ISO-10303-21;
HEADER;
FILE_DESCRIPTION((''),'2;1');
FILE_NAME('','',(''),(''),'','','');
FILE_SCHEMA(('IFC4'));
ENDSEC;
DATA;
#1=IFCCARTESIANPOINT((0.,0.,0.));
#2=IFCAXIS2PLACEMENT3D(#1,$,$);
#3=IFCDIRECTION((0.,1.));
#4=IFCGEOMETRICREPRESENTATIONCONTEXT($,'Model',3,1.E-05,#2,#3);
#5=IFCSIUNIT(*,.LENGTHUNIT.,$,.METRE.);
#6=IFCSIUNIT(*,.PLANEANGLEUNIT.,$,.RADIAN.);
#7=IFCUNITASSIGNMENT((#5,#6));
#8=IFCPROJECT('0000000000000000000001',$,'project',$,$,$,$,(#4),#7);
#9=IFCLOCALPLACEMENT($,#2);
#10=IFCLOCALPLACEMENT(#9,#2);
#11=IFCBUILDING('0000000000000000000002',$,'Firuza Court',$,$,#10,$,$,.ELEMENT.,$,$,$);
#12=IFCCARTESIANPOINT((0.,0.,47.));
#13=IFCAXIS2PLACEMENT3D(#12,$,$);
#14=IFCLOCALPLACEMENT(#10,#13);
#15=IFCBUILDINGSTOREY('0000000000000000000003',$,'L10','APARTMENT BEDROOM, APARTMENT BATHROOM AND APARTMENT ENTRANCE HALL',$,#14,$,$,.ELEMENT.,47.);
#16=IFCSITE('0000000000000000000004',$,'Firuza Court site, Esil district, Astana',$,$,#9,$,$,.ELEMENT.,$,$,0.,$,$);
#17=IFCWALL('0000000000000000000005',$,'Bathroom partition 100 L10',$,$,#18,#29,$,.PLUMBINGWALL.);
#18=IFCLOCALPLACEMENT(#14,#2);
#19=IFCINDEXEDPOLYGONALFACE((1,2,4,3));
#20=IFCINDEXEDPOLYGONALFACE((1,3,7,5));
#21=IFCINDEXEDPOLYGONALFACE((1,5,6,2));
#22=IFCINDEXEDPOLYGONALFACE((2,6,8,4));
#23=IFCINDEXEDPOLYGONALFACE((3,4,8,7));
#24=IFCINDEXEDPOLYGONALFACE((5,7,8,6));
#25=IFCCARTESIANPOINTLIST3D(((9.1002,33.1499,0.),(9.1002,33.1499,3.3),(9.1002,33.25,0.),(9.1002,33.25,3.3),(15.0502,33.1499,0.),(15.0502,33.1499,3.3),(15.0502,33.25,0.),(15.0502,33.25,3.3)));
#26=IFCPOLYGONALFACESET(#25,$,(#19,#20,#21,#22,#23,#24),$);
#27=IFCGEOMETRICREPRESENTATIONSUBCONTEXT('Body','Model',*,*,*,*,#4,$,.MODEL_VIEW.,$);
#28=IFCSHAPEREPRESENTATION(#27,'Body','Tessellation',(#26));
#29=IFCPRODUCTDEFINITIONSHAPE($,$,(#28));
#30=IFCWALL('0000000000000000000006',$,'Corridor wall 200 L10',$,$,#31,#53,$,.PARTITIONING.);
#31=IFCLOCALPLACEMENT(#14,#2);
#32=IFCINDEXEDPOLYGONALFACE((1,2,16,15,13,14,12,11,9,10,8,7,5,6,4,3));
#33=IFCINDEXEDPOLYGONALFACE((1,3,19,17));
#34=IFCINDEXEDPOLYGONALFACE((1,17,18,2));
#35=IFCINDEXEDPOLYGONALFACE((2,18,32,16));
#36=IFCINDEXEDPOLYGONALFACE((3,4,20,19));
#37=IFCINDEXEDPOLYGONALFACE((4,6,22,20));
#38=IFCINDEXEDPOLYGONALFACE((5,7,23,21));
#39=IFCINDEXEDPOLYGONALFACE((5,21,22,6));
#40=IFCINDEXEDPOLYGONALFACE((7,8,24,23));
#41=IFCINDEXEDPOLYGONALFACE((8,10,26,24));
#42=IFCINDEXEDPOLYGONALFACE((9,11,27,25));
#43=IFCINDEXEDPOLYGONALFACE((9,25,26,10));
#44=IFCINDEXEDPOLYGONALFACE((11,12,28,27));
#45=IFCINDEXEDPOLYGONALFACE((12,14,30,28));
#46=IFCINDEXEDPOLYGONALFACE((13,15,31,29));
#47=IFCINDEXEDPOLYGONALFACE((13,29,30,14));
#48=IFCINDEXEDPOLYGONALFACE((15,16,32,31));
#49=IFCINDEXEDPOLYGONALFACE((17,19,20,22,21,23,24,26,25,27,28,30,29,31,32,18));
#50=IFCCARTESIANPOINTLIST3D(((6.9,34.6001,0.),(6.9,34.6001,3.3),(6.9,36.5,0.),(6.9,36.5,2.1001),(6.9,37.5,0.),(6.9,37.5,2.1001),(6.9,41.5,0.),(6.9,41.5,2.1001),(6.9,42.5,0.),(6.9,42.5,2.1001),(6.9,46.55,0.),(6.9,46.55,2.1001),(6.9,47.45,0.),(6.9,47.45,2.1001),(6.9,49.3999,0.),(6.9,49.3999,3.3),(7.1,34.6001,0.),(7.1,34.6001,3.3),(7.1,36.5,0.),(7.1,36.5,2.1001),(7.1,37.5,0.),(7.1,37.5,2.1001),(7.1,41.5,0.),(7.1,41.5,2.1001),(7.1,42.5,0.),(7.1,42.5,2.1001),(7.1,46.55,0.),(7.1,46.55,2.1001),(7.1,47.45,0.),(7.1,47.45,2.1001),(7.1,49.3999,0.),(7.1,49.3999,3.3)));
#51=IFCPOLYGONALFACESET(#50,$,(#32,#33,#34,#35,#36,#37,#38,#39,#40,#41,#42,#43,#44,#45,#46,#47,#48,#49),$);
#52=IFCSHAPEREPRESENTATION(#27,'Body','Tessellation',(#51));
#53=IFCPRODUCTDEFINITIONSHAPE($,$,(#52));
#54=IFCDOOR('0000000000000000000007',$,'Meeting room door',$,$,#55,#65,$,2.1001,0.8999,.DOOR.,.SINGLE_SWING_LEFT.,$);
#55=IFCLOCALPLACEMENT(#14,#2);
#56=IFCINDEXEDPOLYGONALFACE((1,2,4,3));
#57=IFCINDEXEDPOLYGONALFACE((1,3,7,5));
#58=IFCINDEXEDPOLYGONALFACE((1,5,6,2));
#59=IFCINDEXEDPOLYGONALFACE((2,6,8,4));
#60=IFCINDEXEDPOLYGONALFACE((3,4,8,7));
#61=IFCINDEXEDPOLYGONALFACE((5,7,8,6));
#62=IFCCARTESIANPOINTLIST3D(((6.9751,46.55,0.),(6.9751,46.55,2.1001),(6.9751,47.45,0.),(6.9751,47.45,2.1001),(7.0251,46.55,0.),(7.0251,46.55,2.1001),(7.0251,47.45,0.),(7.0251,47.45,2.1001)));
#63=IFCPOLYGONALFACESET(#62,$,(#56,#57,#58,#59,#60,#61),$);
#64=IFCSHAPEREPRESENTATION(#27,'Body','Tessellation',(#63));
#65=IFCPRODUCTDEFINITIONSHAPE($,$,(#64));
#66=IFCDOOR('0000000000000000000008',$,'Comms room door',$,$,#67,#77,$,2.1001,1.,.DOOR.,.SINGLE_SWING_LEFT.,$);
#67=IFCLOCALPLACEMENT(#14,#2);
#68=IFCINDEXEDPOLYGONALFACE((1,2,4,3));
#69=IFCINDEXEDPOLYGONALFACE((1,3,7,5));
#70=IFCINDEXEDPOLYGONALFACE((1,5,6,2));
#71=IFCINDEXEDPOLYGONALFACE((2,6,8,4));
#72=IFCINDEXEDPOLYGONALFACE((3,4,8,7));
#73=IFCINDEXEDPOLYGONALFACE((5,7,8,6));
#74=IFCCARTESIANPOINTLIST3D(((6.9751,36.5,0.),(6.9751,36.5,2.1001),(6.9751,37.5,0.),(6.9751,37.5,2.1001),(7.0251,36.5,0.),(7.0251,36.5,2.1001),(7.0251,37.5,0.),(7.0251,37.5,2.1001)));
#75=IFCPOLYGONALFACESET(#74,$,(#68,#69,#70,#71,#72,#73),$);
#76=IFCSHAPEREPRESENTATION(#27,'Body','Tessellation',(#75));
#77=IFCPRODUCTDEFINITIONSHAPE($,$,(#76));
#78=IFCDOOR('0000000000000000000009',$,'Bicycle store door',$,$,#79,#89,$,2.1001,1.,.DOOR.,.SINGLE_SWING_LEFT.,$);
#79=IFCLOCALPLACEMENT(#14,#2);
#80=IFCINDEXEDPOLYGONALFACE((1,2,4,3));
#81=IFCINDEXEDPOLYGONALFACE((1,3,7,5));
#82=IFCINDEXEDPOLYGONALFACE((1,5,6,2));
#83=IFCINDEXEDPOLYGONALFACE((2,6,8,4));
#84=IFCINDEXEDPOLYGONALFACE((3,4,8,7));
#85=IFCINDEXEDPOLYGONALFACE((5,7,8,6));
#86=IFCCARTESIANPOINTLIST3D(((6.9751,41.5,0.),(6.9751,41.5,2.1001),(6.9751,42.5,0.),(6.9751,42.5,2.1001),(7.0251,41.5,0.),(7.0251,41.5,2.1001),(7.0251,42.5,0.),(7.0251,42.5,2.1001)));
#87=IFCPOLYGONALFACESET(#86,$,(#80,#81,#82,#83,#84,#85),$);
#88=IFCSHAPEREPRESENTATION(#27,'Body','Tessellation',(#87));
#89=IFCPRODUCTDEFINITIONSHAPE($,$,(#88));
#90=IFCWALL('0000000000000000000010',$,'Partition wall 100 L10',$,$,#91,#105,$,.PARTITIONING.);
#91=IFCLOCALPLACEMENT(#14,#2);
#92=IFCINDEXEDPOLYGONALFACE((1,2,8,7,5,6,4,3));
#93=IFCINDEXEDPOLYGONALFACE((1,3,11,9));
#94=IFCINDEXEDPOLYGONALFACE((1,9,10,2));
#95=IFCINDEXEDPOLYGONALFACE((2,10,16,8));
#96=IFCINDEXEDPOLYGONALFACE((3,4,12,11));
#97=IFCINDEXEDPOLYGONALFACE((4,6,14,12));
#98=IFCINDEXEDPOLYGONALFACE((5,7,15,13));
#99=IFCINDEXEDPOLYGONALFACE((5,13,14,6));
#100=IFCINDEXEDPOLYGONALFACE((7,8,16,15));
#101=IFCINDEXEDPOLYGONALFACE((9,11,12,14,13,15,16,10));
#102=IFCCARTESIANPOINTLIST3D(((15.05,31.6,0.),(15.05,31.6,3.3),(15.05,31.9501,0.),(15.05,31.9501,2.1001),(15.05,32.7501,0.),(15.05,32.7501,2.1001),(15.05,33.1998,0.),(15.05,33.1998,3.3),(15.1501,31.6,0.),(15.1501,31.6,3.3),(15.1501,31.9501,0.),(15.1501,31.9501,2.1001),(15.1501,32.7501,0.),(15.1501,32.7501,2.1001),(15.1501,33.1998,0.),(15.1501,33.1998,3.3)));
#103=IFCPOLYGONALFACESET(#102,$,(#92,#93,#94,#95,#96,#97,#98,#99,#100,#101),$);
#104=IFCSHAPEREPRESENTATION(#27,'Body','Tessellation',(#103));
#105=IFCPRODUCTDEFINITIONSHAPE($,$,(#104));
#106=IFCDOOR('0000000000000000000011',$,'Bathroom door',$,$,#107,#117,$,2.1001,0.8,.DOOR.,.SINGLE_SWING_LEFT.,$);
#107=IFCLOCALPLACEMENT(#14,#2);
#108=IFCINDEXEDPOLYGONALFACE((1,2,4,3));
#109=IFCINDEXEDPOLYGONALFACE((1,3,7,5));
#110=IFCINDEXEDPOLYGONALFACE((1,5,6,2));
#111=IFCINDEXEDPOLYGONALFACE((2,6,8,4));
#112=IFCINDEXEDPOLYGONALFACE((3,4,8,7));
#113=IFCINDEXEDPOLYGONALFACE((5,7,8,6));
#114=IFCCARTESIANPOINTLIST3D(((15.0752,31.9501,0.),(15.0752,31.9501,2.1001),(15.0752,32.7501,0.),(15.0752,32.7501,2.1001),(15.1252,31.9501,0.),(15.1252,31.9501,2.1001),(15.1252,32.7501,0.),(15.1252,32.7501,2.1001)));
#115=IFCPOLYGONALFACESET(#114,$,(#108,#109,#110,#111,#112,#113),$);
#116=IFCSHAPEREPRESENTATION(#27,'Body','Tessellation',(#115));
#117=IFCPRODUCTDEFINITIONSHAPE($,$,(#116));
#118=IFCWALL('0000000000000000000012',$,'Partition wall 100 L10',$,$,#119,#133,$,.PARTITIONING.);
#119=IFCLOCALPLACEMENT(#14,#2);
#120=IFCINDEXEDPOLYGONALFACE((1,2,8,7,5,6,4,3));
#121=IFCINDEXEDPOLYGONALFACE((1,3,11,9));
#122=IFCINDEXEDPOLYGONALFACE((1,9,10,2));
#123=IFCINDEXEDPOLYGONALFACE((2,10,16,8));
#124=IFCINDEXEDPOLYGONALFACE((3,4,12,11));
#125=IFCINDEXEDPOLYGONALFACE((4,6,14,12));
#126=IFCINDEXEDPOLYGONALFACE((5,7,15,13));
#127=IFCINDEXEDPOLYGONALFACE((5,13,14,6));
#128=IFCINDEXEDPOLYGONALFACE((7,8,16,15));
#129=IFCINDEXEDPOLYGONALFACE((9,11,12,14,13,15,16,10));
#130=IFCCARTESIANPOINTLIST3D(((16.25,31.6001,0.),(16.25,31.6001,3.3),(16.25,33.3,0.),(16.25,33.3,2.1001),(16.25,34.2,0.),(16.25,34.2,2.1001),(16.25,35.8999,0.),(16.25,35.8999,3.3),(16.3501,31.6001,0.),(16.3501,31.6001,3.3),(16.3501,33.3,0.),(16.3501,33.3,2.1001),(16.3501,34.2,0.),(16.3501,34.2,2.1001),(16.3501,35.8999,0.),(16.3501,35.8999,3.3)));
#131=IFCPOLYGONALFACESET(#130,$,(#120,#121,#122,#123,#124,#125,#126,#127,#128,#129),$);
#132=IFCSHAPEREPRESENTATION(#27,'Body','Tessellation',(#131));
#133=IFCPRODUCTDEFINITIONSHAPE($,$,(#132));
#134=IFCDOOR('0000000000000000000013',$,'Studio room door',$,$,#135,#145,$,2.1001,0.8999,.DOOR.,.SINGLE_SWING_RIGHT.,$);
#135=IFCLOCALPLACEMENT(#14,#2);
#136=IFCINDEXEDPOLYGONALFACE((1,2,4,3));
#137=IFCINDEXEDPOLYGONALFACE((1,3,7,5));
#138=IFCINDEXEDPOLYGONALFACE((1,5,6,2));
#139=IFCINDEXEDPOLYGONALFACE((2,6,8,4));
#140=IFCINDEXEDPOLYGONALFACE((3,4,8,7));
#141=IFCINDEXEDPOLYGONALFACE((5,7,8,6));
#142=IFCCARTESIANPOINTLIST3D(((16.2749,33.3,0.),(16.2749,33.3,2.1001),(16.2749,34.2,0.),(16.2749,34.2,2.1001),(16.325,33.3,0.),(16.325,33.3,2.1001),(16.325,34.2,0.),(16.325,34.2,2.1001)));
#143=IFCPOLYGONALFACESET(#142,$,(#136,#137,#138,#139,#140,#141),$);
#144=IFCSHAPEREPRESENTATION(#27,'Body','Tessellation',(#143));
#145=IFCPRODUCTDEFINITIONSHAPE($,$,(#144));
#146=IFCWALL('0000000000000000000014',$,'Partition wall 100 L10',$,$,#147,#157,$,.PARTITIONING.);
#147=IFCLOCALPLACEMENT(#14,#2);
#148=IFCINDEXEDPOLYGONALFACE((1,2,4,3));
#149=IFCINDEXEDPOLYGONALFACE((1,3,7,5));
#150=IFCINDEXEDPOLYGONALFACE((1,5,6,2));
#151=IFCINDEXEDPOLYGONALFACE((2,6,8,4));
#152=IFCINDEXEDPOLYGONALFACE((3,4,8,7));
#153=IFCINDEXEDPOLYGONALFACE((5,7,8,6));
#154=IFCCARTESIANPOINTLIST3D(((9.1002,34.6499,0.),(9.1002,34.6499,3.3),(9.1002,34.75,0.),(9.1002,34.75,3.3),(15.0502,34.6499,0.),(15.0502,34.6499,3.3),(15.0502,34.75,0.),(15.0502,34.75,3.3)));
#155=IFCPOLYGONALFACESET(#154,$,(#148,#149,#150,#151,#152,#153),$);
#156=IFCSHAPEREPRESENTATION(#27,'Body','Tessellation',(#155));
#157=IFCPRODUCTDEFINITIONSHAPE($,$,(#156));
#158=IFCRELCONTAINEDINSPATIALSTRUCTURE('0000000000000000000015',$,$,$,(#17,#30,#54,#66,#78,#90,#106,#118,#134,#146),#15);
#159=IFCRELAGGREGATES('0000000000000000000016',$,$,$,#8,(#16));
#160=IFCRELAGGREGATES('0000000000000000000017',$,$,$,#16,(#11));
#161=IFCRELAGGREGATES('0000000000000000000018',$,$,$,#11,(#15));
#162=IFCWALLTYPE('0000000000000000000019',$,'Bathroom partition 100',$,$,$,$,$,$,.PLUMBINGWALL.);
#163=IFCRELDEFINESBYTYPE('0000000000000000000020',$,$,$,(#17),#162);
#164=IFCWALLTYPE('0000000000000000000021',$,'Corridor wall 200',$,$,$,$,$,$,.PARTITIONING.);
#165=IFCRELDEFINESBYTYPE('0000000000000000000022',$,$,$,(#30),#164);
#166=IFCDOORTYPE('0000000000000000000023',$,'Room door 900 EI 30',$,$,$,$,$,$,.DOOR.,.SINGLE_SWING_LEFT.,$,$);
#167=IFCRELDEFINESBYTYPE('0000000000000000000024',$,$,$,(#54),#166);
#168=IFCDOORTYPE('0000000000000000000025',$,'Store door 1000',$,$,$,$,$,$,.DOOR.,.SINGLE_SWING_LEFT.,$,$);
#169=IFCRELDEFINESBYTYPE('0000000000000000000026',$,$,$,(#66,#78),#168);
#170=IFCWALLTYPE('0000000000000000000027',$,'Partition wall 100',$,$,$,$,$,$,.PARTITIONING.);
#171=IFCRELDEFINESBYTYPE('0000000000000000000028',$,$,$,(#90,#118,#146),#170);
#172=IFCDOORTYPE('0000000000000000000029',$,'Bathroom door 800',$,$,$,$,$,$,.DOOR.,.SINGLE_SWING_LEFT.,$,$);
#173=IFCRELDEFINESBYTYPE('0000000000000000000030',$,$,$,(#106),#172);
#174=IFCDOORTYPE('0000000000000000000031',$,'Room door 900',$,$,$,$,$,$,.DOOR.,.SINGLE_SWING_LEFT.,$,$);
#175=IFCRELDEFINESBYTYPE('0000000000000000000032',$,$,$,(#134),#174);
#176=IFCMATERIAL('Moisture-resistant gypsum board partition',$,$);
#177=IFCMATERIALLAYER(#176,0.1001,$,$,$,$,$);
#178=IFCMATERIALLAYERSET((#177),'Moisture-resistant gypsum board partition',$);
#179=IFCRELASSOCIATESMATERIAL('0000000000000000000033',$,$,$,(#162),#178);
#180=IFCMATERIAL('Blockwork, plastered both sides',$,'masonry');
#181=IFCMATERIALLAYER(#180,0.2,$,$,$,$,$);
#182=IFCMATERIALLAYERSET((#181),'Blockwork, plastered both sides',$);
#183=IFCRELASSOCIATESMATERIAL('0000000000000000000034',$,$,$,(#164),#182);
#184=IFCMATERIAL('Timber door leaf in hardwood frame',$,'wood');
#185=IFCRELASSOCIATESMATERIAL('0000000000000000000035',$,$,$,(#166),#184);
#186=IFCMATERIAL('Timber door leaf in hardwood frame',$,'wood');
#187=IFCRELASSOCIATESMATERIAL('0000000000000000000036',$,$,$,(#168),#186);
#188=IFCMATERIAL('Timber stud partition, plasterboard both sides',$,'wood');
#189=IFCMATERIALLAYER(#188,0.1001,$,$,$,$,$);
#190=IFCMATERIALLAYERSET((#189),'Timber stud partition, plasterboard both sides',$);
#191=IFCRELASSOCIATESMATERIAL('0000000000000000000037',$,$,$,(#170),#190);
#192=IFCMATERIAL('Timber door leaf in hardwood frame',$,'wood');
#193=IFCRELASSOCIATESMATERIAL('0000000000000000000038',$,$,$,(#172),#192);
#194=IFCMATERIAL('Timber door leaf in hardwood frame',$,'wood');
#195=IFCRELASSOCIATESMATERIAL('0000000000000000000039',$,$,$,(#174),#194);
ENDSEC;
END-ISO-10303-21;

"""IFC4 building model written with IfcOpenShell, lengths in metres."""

from ifc_helpers import new_model, si_unit, direction, frame, frame_2d, origin, place, context, subcontext, project, spatial, rectangle, extrude, material, layer, layer_set, type_object, element, fill, save


model = new_model("IFC4")

# Units and contexts
model_context = context("Model", 3, precision=1e-05, world=origin(), true_north=direction((0.0, 1.0)))
body_context = subcontext(model_context, "Body", "Model", "MODEL_VIEW")
ifc_project = project(units=[si_unit("LENGTHUNIT", "METRE"), si_unit("PLANEANGLEUNIT", "RADIAN")], contexts=[model_context])

# Site, building, storey
site_placement = place(None, origin())
site = spatial("IfcSite", under=ifc_project, at=site_placement, Name="Firuza Court site, Esil district, Astana", CompositionType="ELEMENT", RefElevation=0.0)
building_placement = place(site_placement, origin())
building = spatial("IfcBuilding", under=site, at=building_placement, Name="Firuza Court", CompositionType="ELEMENT")
storey_placement = place(building_placement, frame((0.0, 0.0, 47.0)))
storey = spatial("IfcBuildingStorey", under=building, at=storey_placement, Name="L10", Description="APARTMENT BEDROOM, APARTMENT BATHROOM AND APARTMENT ENTRANCE HALL", CompositionType="ELEMENT", Elevation=47.0)

# Wall
ifc_material_1 = material(Name="Moisture-resistant gypsum board partition")
ifc_layer_1 = layer(ifc_material_1, 0.1001)
ifc_layer_set_1 = layer_set([ifc_layer_1], Name="Moisture-resistant gypsum board partition")
wall_type_1 = type_object("IfcWallType", Name="Bathroom partition 100", PredefinedType="PLUMBINGWALL", material=ifc_layer_set_1)
wall_1_placement = place(storey_placement, frame((9.1001, 33.2, 0.0), z_axis=(0.0, 0.0, 1.0), x_axis=(1.0, 0.0, 0.0)))
element("IfcWall", 1, at=wall_1_placement, inside=storey, type_object=wall_type_1, Name="Bathroom partition 100 L10", PredefinedType="PLUMBINGWALL", context=body_context, shape_type="SweptSolid", body=[
    extrude(rectangle(XDim=5.95, YDim=0.1001, at=frame_2d((2.9751, 0.0))), origin(), (0.0, 0.0, 1.0), 3.3),
])

# Wall, openings, doors
ifc_material_2 = material(Name="Blockwork, plastered both sides", Category="masonry")
ifc_layer_2 = layer(ifc_material_2, 0.2)
ifc_layer_set_2 = layer_set([ifc_layer_2], Name="Blockwork, plastered both sides")
wall_type_2 = type_object("IfcWallType", Name="Corridor wall 200", PredefinedType="PARTITIONING", material=ifc_layer_set_2)
wall_2_placement = place(storey_placement, frame((7.0, 34.6001, 0.0), z_axis=(0.0, 0.0, 1.0), x_axis=(0.0, 1.0, 0.0)))
wall_2 = element("IfcWall", 2, at=wall_2_placement, inside=storey, type_object=wall_type_2, Name="Corridor wall 200 L10", PredefinedType="PARTITIONING", context=body_context, shape_type="SweptSolid", body=[
    extrude(rectangle(XDim=14.7998, YDim=0.2, at=frame_2d((7.3999, 0.0))), origin(), (0.0, 0.0, 1.0), 3.3),
])
opening_1_placement = place(wall_2_placement, frame((1.8999, 0.0, 0.0)))
opening_1 = element("IfcOpeningElement", 3, at=opening_1_placement, cuts=wall_2, PredefinedType="OPENING", context=body_context, shape_type="SweptSolid", body=[
    extrude(rectangle(XDim=1.0, YDim=2.1001, at=frame_2d((0.5, 1.05))), frame((0.0, 0.1118, 0.0), z_axis=(0.0, -1.0, 0.0), x_axis=(1.0, 0.0, 0.0)), (0.0, 0.0, 1.0), 0.2239),
])
opening_2_placement = place(wall_2_placement, frame((6.8999, 0.0, 0.0)))
opening_2 = element("IfcOpeningElement", 4, at=opening_2_placement, cuts=wall_2, PredefinedType="OPENING", context=body_context, shape_type="SweptSolid", body=[
    extrude(rectangle(XDim=1.0, YDim=2.1001, at=frame_2d((0.5, 1.05))), frame((0.0, 0.1118, 0.0), z_axis=(0.0, -1.0, 0.0), x_axis=(1.0, 0.0, 0.0)), (0.0, 0.0, 1.0), 0.2239),
])
opening_3_placement = place(wall_2_placement, frame((11.95, 0.0, 0.0)))
opening_3 = element("IfcOpeningElement", 5, at=opening_3_placement, cuts=wall_2, PredefinedType="OPENING", context=body_context, shape_type="SweptSolid", body=[
    extrude(rectangle(XDim=0.8999, YDim=2.1001, at=frame_2d((0.45, 1.05))), frame((0.0, 0.1118, 0.0), z_axis=(0.0, -1.0, 0.0), x_axis=(1.0, 0.0, 0.0)), (0.0, 0.0, 1.0), 0.2239),
])
ifc_material_3 = material(Name="Timber door leaf in hardwood frame", Category="wood")
door_type_1 = type_object("IfcDoorType", Name="Room door 900 EI 30", OperationType="SINGLE_SWING_LEFT", PredefinedType="DOOR", material=ifc_material_3)
door_1_placement = place(opening_3_placement, origin())
door_1 = element("IfcDoor", 6, at=door_1_placement, inside=storey, type_object=door_type_1, Name="Meeting room door", OperationType="SINGLE_SWING_LEFT", OverallHeight=2.1001, OverallWidth=0.8999, PredefinedType="DOOR", context=body_context, shape_type="SweptSolid", body=[
    extrude(rectangle(XDim=0.8999, YDim=2.1001, at=frame_2d((0.45, 1.05))), frame((0.0, 0.0249, 0.0), z_axis=(0.0, -1.0, 0.0), x_axis=(1.0, 0.0, 0.0)), (0.0, 0.0, 1.0), 0.05),
])
fill(opening_3, door_1)
ifc_material_4 = material(Name="Timber door leaf in hardwood frame", Category="wood")
door_type_2 = type_object("IfcDoorType", Name="Store door 1000", OperationType="SINGLE_SWING_LEFT", PredefinedType="DOOR", material=ifc_material_4)
door_2_placement = place(opening_1_placement, origin())
door_2 = element("IfcDoor", 7, at=door_2_placement, inside=storey, type_object=door_type_2, Name="Comms room door", OperationType="SINGLE_SWING_LEFT", OverallHeight=2.1001, OverallWidth=1.0, PredefinedType="DOOR", context=body_context, shape_type="SweptSolid", body=[
    extrude(rectangle(XDim=1.0, YDim=2.1001, at=frame_2d((0.5, 1.05))), frame((0.0, 0.0249, 0.0), z_axis=(0.0, -1.0, 0.0), x_axis=(1.0, 0.0, 0.0)), (0.0, 0.0, 1.0), 0.05),
])
fill(opening_1, door_2)
door_3_placement = place(opening_2_placement, origin())
door_3 = element("IfcDoor", 8, at=door_3_placement, inside=storey, type_object=door_type_2, Name="Bicycle store door", OperationType="SINGLE_SWING_LEFT", OverallHeight=2.1001, OverallWidth=1.0, PredefinedType="DOOR", context=body_context, shape_type="SweptSolid", body=[
    extrude(rectangle(XDim=1.0, YDim=2.1001, at=frame_2d((0.5, 1.05))), frame((0.0, 0.0249, 0.0), z_axis=(0.0, -1.0, 0.0), x_axis=(1.0, 0.0, 0.0)), (0.0, 0.0, 1.0), 0.05),
])
fill(opening_2, door_3)

# Walls, openings, doors
ifc_material_5 = material(Name="Timber stud partition, plasterboard both sides", Category="wood")
ifc_layer_3 = layer(ifc_material_5, 0.1001)
ifc_layer_set_3 = layer_set([ifc_layer_3], Name="Timber stud partition, plasterboard both sides")
wall_type_3 = type_object("IfcWallType", Name="Partition wall 100", PredefinedType="PARTITIONING", material=ifc_layer_set_3)
wall_3_placement = place(storey_placement, frame((15.1001, 31.6001, 0.0), z_axis=(0.0, 0.0, 1.0), x_axis=(0.0, 1.0, 0.0)))
wall_3 = element("IfcWall", 9, at=wall_3_placement, inside=storey, type_object=wall_type_3, Name="Partition wall 100 L10", PredefinedType="PARTITIONING", context=body_context, shape_type="SweptSolid", body=[
    extrude(rectangle(XDim=1.5999, YDim=0.1001, at=frame_2d((0.7998, 0.0))), origin(), (0.0, 0.0, 1.0), 3.3),
])
opening_4_placement = place(wall_3_placement, frame((0.3501, 0.0, 0.0)))
opening_4 = element("IfcOpeningElement", 10, at=opening_4_placement, cuts=wall_3, PredefinedType="OPENING", context=body_context, shape_type="SweptSolid", body=[
    extrude(rectangle(XDim=0.8, YDim=2.1001, at=frame_2d((0.3999, 1.05))), frame((0.0, 0.062, 0.0), z_axis=(0.0, -1.0, 0.0), x_axis=(1.0, 0.0, 0.0)), (0.0, 0.0, 1.0), 0.124),
])
ifc_material_6 = material(Name="Timber door leaf in hardwood frame", Category="wood")
door_type_3 = type_object("IfcDoorType", Name="Bathroom door 800", OperationType="SINGLE_SWING_LEFT", PredefinedType="DOOR", material=ifc_material_6)
door_4_placement = place(opening_4_placement, origin())
door_4 = element("IfcDoor", 11, at=door_4_placement, inside=storey, type_object=door_type_3, Name="Bathroom door", OperationType="SINGLE_SWING_LEFT", OverallHeight=2.1001, OverallWidth=0.8, PredefinedType="DOOR", context=body_context, shape_type="SweptSolid", body=[
    extrude(rectangle(XDim=0.8, YDim=2.1001, at=frame_2d((0.3999, 1.05))), frame((0.0, 0.0249, 0.0), z_axis=(0.0, -1.0, 0.0), x_axis=(1.0, 0.0, 0.0)), (0.0, 0.0, 1.0), 0.05),
])
fill(opening_4, door_4)
wall_4_placement = place(storey_placement, frame((16.3, 31.6001, 0.0), z_axis=(0.0, 0.0, 1.0), x_axis=(0.0, 1.0, 0.0)))
wall_4 = element("IfcWall", 12, at=wall_4_placement, inside=storey, type_object=wall_type_3, Name="Partition wall 100 L10", PredefinedType="PARTITIONING", context=body_context, shape_type="SweptSolid", body=[
    extrude(rectangle(XDim=4.2998, YDim=0.1001, at=frame_2d((2.1499, 0.0))), origin(), (0.0, 0.0, 1.0), 3.3),
])
opening_5_placement = place(wall_4_placement, frame((1.7, 0.0, 0.0)))
opening_5 = element("IfcOpeningElement", 13, at=opening_5_placement, cuts=wall_4, PredefinedType="OPENING", context=body_context, shape_type="SweptSolid", body=[
    extrude(rectangle(XDim=0.8999, YDim=2.1001, at=frame_2d((0.45, 1.05))), frame((0.0, 0.062, 0.0), z_axis=(0.0, -1.0, 0.0), x_axis=(1.0, 0.0, 0.0)), (0.0, 0.0, 1.0), 0.124),
])
ifc_material_7 = material(Name="Timber door leaf in hardwood frame", Category="wood")
door_type_4 = type_object("IfcDoorType", Name="Room door 900", OperationType="SINGLE_SWING_LEFT", PredefinedType="DOOR", material=ifc_material_7)
door_5_placement = place(opening_5_placement, frame((0.8999, 0.0, 0.0), z_axis=(0.0, 0.0, 1.0), x_axis=(-1.0, 0.0, 0.0)))
door_5 = element("IfcDoor", 14, at=door_5_placement, inside=storey, type_object=door_type_4, Name="Studio room door", OperationType="SINGLE_SWING_RIGHT", OverallHeight=2.1001, OverallWidth=0.8999, PredefinedType="DOOR", context=body_context, shape_type="SweptSolid", body=[
    extrude(rectangle(XDim=0.8999, YDim=2.1001, at=frame_2d((0.45, 1.05))), frame((0.0, 0.0249, 0.0), z_axis=(0.0, -1.0, 0.0), x_axis=(1.0, 0.0, 0.0)), (0.0, 0.0, 1.0), 0.05),
])
fill(opening_5, door_5)

# Wall
wall_5_placement = place(storey_placement, frame((9.1001, 34.7, 0.0), z_axis=(0.0, 0.0, 1.0), x_axis=(1.0, 0.0, 0.0)))
element("IfcWall", 15, at=wall_5_placement, inside=storey, type_object=wall_type_3, Name="Partition wall 100 L10", PredefinedType="PARTITIONING", context=body_context, shape_type="SweptSolid", body=[
    extrude(rectangle(XDim=5.95, YDim=0.1001, at=frame_2d((2.9751, 0.0))), origin(), (0.0, 0.0, 1.0), 3.3),
])

save(model, "model.ifc")
